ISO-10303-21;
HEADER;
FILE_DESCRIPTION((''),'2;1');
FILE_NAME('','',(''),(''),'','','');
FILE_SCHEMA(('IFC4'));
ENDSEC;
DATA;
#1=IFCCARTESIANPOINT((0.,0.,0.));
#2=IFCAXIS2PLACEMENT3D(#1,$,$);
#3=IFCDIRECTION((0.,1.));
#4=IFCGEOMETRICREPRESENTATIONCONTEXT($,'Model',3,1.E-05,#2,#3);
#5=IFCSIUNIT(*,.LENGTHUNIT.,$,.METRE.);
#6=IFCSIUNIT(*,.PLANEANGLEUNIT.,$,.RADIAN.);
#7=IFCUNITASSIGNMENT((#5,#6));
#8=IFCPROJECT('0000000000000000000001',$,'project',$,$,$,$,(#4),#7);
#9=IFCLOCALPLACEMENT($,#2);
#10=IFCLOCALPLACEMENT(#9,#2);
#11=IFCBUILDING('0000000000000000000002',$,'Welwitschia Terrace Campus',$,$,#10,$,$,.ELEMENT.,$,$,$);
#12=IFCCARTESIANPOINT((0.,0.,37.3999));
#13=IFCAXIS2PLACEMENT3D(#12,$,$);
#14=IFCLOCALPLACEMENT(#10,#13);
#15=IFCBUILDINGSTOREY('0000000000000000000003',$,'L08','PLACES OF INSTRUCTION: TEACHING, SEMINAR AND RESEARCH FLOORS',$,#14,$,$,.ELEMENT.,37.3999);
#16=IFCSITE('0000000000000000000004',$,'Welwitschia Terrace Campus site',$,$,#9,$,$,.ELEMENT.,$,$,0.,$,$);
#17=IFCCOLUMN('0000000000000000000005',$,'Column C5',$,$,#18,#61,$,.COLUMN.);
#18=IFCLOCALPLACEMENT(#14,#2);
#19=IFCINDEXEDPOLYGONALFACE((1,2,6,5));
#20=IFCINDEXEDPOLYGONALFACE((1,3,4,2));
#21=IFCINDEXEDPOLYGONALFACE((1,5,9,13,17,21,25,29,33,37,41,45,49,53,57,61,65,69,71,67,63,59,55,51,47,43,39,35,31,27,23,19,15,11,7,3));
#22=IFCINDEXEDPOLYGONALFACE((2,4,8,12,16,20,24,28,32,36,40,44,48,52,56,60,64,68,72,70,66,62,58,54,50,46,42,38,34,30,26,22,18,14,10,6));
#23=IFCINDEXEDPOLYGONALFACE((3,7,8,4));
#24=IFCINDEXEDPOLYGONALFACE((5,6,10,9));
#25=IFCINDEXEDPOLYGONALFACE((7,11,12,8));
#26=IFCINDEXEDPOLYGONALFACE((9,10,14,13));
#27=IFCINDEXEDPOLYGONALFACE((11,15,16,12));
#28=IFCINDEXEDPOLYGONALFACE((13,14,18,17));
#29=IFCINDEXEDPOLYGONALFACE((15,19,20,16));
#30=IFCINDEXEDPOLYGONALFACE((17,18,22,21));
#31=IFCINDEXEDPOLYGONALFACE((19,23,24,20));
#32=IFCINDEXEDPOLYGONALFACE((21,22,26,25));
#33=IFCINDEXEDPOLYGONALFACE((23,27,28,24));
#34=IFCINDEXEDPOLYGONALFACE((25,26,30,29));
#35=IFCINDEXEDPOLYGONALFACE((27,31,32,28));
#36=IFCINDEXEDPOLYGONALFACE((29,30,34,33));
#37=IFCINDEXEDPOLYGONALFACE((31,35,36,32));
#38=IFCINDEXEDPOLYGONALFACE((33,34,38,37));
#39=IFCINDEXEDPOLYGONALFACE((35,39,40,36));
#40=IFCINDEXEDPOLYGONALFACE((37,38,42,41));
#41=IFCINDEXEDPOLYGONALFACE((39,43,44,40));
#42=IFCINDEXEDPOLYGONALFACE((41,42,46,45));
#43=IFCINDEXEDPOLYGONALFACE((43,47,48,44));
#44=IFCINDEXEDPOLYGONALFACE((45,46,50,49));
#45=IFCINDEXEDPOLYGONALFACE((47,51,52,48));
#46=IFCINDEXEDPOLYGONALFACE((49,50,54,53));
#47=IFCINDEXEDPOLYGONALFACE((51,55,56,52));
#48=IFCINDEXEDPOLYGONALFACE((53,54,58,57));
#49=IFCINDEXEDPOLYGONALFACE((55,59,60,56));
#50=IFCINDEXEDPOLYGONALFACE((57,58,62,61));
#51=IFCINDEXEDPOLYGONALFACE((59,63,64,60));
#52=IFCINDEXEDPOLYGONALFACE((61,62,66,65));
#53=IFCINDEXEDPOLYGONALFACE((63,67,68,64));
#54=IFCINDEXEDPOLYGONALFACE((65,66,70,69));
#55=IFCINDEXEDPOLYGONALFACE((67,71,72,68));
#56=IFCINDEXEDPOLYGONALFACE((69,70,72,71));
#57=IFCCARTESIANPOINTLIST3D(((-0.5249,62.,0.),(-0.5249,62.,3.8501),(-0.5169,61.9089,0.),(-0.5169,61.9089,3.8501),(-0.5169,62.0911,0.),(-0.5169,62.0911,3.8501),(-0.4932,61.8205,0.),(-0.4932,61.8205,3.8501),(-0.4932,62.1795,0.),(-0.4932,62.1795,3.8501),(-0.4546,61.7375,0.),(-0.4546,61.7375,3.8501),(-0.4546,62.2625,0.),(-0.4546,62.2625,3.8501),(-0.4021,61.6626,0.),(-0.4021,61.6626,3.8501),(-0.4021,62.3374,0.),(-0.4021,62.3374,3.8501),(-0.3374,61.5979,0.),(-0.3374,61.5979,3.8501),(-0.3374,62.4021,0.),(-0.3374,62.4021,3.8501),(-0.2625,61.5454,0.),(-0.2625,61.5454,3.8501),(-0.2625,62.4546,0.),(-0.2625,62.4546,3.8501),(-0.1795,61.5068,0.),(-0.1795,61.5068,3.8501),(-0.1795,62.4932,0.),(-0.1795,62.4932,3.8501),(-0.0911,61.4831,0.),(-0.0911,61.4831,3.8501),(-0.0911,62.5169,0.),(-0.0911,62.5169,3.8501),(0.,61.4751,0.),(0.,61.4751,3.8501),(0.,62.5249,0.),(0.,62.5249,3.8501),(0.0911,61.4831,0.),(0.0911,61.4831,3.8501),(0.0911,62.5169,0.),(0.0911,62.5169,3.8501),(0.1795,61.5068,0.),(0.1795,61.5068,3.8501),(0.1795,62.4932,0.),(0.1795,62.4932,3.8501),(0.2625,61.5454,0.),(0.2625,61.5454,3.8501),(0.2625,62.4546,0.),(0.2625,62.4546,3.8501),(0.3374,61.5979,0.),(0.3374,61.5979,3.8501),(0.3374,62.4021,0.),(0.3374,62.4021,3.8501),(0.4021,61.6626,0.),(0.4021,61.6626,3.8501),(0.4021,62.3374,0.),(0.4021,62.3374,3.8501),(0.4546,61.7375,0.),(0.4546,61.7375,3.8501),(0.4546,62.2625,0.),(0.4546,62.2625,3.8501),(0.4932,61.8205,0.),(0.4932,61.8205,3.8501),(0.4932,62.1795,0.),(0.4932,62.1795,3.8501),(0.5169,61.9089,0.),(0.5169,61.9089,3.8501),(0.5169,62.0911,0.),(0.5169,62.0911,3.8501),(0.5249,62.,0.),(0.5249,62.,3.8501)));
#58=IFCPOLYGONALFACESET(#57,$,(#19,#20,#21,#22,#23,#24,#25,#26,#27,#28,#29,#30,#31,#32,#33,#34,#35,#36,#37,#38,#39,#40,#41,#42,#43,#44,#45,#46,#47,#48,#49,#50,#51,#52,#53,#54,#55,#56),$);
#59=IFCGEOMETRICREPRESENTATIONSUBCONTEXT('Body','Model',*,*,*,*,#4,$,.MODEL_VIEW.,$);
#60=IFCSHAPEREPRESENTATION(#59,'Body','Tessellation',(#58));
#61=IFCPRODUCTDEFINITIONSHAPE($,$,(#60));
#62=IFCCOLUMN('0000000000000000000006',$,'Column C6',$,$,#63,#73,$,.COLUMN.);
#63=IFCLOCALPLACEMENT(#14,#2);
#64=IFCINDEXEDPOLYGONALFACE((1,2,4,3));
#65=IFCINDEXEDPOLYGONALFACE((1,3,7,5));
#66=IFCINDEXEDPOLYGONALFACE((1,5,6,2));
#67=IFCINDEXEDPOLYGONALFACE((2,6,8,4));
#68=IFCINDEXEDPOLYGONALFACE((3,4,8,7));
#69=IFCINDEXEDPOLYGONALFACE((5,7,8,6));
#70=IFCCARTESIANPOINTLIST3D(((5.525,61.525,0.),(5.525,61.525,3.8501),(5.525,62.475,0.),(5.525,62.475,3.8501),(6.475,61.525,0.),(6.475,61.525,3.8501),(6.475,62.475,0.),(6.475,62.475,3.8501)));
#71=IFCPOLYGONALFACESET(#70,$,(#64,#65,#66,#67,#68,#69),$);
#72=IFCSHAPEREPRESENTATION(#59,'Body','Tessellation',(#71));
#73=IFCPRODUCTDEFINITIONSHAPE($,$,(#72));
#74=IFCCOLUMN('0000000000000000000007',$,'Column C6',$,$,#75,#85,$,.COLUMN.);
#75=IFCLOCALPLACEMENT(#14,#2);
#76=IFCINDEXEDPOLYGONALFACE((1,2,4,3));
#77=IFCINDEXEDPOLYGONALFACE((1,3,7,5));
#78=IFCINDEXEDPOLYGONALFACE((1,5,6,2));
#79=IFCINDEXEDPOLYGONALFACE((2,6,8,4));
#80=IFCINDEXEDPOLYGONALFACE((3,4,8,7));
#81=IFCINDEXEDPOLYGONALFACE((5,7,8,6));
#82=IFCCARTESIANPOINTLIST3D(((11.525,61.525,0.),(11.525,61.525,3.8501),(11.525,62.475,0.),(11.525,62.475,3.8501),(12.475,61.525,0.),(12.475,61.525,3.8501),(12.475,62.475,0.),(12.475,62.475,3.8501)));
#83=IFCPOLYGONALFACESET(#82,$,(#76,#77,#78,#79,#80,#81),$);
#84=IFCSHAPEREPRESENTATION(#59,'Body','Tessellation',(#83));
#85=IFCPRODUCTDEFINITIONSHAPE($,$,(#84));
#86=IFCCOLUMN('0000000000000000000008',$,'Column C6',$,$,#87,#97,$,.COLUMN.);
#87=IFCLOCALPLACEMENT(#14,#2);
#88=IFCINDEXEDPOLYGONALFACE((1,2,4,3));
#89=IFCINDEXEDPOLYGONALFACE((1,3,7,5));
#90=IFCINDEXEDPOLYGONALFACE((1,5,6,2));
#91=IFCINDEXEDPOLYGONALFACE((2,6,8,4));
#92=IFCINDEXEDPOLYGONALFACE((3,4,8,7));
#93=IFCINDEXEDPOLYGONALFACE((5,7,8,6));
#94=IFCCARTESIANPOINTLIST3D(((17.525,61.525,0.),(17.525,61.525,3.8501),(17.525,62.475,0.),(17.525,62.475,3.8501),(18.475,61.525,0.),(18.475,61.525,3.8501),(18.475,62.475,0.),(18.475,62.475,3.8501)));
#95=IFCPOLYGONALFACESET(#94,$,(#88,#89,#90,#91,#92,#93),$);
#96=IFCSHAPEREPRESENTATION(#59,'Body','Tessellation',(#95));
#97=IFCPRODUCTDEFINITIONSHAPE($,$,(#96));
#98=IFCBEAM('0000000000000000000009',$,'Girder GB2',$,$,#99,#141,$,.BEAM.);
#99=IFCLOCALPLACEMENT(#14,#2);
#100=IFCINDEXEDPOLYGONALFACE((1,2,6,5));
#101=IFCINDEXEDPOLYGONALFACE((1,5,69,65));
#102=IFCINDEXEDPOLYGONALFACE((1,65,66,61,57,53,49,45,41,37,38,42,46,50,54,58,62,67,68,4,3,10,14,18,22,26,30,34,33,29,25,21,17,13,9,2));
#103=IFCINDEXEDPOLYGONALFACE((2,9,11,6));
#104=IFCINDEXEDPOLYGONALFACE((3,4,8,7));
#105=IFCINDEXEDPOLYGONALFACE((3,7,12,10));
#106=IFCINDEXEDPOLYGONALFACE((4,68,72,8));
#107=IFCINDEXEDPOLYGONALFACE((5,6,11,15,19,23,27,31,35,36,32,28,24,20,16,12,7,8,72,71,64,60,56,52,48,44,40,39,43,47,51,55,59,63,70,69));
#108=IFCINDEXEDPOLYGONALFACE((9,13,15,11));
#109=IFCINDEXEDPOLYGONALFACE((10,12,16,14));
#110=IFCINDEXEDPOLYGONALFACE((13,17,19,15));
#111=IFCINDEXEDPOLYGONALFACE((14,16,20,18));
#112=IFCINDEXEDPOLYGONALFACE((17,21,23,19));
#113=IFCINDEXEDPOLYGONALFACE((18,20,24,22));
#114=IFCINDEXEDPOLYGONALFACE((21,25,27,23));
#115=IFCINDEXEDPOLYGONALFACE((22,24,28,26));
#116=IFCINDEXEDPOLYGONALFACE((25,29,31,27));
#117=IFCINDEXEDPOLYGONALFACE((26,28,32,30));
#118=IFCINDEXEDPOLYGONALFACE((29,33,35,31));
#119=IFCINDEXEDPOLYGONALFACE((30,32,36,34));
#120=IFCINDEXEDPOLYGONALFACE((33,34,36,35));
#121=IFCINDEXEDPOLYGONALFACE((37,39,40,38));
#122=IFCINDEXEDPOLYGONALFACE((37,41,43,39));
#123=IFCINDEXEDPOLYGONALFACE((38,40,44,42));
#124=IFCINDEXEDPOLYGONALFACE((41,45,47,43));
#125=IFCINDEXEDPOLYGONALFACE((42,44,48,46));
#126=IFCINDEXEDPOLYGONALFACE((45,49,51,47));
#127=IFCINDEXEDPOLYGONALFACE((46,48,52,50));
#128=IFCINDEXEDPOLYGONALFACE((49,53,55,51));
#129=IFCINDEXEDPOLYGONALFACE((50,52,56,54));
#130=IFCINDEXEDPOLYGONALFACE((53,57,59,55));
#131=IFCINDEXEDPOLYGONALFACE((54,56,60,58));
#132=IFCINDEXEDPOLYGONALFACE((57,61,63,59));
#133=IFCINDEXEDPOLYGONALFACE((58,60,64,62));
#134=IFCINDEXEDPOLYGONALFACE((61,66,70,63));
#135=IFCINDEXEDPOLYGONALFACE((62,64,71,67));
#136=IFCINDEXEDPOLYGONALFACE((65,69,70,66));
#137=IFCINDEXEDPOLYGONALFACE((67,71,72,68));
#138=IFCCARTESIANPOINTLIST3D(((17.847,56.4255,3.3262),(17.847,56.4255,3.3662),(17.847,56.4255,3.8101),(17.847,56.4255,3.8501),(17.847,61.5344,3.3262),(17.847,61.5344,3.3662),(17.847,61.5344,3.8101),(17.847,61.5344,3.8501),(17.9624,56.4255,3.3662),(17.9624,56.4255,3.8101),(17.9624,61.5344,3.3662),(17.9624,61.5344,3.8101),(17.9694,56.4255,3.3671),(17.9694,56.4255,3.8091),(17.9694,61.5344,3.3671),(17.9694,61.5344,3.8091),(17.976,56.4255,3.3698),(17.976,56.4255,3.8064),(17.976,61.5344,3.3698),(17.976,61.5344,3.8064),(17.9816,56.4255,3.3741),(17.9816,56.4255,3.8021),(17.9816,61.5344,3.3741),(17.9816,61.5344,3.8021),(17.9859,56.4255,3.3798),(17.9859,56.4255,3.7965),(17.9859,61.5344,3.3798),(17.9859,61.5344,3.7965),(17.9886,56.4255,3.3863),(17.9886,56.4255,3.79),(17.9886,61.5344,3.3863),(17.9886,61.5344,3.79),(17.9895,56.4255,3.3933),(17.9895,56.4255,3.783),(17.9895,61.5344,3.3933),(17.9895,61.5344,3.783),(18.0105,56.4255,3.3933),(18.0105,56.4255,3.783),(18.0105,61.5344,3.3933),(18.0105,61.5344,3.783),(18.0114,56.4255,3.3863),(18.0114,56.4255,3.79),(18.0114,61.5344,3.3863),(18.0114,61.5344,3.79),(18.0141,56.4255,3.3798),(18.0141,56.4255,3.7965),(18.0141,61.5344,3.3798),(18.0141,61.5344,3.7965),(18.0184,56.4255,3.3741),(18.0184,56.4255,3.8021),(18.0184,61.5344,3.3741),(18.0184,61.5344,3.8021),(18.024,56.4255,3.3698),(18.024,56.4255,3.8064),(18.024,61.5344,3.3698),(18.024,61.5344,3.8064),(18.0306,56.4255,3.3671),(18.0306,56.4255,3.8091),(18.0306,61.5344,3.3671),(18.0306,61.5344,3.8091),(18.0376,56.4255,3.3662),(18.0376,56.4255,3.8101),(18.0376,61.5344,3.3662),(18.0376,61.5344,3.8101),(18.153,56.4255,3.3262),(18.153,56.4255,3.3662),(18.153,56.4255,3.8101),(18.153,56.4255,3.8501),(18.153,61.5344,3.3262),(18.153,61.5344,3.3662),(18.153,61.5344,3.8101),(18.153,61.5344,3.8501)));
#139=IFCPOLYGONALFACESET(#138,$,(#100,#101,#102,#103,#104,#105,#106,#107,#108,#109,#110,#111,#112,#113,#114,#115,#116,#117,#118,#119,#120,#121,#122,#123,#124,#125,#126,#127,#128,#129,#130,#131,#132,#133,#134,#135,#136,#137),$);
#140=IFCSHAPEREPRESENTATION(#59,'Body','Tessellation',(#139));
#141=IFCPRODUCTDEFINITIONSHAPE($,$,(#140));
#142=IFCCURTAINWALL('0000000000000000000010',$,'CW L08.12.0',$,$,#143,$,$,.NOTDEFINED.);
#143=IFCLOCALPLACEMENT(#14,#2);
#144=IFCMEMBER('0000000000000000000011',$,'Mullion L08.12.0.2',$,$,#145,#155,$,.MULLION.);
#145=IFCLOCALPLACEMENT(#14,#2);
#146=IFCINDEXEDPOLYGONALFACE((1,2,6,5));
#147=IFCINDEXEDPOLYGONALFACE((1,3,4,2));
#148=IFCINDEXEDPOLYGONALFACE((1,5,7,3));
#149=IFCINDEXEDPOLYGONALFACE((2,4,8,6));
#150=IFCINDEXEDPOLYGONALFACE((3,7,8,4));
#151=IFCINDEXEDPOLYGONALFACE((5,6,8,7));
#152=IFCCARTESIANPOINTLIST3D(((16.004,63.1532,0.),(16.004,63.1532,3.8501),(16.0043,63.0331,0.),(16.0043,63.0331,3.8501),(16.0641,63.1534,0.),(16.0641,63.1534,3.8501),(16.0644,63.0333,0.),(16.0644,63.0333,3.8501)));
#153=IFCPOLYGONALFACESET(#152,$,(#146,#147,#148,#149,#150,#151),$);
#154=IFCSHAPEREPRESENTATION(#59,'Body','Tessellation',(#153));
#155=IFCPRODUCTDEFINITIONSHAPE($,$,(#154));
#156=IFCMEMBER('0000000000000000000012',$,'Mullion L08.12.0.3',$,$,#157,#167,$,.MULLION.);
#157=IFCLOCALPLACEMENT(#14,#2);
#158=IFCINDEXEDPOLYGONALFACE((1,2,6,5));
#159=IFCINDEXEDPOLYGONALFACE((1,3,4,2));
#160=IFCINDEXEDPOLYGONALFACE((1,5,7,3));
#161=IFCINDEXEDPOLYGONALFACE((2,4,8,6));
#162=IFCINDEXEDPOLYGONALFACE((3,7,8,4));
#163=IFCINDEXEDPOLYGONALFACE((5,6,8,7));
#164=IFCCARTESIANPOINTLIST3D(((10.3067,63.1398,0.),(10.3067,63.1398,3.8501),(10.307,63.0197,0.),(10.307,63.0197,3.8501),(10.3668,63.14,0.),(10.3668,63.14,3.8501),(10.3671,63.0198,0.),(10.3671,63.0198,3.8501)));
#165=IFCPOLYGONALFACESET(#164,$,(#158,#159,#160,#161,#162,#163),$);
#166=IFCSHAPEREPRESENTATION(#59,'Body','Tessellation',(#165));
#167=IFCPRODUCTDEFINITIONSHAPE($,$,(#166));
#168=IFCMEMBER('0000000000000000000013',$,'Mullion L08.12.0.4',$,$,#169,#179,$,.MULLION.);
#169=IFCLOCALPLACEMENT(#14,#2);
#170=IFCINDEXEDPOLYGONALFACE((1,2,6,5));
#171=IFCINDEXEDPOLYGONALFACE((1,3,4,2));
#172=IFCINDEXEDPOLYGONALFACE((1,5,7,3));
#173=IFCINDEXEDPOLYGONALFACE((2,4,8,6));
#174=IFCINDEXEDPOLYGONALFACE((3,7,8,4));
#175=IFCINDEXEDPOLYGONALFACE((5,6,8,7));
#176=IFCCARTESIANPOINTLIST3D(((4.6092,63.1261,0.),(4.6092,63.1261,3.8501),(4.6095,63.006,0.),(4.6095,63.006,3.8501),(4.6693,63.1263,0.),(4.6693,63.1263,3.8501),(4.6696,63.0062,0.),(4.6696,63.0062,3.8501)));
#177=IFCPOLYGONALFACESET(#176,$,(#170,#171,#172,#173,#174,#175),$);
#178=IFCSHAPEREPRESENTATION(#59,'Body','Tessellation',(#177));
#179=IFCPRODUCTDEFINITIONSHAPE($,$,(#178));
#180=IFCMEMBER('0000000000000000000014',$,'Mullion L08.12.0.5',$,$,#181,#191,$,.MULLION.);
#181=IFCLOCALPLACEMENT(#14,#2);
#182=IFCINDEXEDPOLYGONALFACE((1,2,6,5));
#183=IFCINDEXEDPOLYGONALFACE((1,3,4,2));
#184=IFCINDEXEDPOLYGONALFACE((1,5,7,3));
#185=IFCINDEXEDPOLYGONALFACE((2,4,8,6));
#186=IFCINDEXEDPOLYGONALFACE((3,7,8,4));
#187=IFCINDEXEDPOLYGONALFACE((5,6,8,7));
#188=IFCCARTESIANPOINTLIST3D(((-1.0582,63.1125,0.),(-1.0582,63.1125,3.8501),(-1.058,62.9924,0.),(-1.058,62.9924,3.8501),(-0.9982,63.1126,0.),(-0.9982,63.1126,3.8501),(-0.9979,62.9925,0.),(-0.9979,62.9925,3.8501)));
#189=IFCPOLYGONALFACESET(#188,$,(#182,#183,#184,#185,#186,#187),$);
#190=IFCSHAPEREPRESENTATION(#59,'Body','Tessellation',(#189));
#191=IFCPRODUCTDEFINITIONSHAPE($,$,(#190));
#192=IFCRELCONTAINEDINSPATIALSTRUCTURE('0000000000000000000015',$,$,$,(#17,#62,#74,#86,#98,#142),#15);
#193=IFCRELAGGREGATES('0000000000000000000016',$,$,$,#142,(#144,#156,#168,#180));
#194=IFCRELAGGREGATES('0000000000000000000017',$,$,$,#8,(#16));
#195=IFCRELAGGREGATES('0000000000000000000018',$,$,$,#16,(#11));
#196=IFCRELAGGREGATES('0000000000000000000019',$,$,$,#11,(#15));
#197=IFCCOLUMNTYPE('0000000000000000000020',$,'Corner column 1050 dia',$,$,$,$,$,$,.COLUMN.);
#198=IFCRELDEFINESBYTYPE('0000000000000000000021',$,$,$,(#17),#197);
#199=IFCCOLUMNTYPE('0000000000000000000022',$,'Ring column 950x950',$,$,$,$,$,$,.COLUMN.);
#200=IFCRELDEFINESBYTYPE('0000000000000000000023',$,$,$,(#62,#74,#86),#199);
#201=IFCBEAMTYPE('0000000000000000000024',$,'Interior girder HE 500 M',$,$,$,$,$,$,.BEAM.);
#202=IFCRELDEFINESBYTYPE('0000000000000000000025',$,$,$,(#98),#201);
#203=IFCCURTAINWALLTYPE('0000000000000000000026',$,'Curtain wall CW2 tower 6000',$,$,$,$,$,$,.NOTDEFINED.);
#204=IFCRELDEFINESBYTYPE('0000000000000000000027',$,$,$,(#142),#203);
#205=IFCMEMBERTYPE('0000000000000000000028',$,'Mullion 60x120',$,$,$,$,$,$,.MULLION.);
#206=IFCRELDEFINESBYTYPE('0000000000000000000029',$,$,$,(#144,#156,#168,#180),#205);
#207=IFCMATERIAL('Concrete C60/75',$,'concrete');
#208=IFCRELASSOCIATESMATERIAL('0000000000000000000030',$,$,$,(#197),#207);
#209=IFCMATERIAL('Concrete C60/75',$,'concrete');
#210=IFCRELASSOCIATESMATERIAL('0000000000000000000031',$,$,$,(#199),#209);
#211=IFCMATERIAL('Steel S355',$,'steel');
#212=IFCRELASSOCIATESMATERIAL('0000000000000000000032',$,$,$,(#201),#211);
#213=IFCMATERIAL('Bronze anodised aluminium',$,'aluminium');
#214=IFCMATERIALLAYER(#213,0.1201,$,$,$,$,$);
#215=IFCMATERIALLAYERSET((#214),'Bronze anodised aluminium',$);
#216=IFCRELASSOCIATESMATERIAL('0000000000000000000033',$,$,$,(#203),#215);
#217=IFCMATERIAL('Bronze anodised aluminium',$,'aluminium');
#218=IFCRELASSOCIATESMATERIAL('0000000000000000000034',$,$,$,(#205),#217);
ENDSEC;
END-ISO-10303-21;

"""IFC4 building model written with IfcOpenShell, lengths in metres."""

from ifc_helpers import new_model, si_unit, direction, frame, origin, origin_2d, place, context, subcontext, project, spatial, rectangle, circle, i_section, extrude, material, layer, layer_set, material_profile, profile_set, type_object, element, aggregate, save


model = new_model("IFC4")

# Units and contexts
model_context = context("Model", 3, precision=1e-05, world=origin(), true_north=direction((0.0, 1.0)))
body_context = subcontext(model_context, "Body", "Model", "MODEL_VIEW")
ifc_project = project(units=[si_unit("LENGTHUNIT", "METRE"), si_unit("PLANEANGLEUNIT", "RADIAN")], contexts=[model_context])

# Site, building, storey
site_placement = place(None, origin())
site = spatial("IfcSite", under=ifc_project, at=site_placement, Name="Welwitschia Terrace Campus site", CompositionType="ELEMENT", RefElevation=0.0)
building_placement = place(site_placement, origin())
building = spatial("IfcBuilding", under=site, at=building_placement, Name="Welwitschia Terrace Campus", CompositionType="ELEMENT")
storey_placement = place(building_placement, frame((0.0, 0.0, 37.3999)))
storey = spatial("IfcBuildingStorey", under=building, at=storey_placement, Name="L08", Description="PLACES OF INSTRUCTION: TEACHING, SEMINAR AND RESEARCH FLOORS", CompositionType="ELEMENT", Elevation=37.3999)

# Columns
ifc_material_1 = material(Name="Concrete C60/75", Category="concrete")
ifc_material_profile_1 = material_profile(ifc_material_1, circle(Radius=0.5249, at=origin_2d()))
ifc_profile_set_1 = profile_set([ifc_material_profile_1], Name="Concrete C60/75")
column_type_1 = type_object("IfcColumnType", Name="Corner column 1050 dia", PredefinedType="COLUMN", material=ifc_profile_set_1)
column_placement = place(storey_placement, frame((0.0, 62.0, 0.0), z_axis=(0.0, 0.0, 1.0), x_axis=(1.0, 0.0, 0.0)))
element("IfcColumn", 1, at=column_placement, inside=storey, type_object=column_type_1, Name="Column C5", PredefinedType="COLUMN", context=body_context, shape_type="SweptSolid", body=[
    extrude(circle(Radius=0.5249, at=origin_2d()), origin(), (0.0, 0.0, 1.0), 3.8501),
])
ifc_material_2 = material(Name="Concrete C60/75", Category="concrete")
ifc_material_profile_2 = material_profile(ifc_material_2, rectangle(XDim=0.95, YDim=0.95, at=origin_2d()))
ifc_profile_set_2 = profile_set([ifc_material_profile_2], Name="Concrete C60/75")
column_type_2 = type_object("IfcColumnType", Name="Ring column 950x950", PredefinedType="COLUMN", material=ifc_profile_set_2)
for number, where, z_axis, x_axis, name in (
    (2, (6.0, 62.0, 0.0), (0.0, 0.0, 1.0), (1.0, 0.0, 0.0), "Column C6"),
    (3, (12.0, 62.0, 0.0), (0.0, 0.0, 1.0), (1.0, 0.0, 0.0), "Column C6"),
    (4, (18.0, 62.0, 0.0), (0.0, 0.0, 1.0), (1.0, 0.0, 0.0), "Column C6"),
):
    element("IfcColumn", number, at=place(storey_placement, frame(where, z_axis=z_axis, x_axis=x_axis)), inside=storey, type_object=column_type_2, Name=name, PredefinedType="COLUMN", context=body_context, shape_type="SweptSolid", body=[
        extrude(rectangle(XDim=0.95, YDim=0.95, at=origin_2d()), origin(), (0.0, 0.0, 1.0), 3.8501),
    ])

# Beam
ifc_material_3 = material(Name="Steel S355", Category="steel")
ifc_material_profile_3 = material_profile(ifc_material_3, i_section(OverallWidth=0.3059, OverallDepth=0.5239, WebThickness=0.021, FlangeThickness=0.04, FilletRadius=0.0271, at=origin_2d()))
ifc_profile_set_3 = profile_set([ifc_material_profile_3], Name="Steel S355")
beam_type_1 = type_object("IfcBeamType", Name="Interior girder HE 500 M", PredefinedType="BEAM", material=ifc_profile_set_3)
beam_placement = place(storey_placement, frame((18.0, 56.4255, 3.5881), z_axis=(0.0, 1.0, 0.0), x_axis=(-1.0, 0.0, 0.0)))
element("IfcBeam", 5, at=beam_placement, inside=storey, type_object=beam_type_1, Name="Girder GB2", PredefinedType="BEAM", context=body_context, shape_type="SweptSolid", body=[
    extrude(i_section(OverallWidth=0.3059, OverallDepth=0.5239, WebThickness=0.021, FlangeThickness=0.04, FilletRadius=0.0271, at=origin_2d()), origin(), (0.0, 0.0, 1.0), 5.1089),
])

# Curtain wall, members
ifc_material_4 = material(Name="Bronze anodised aluminium", Category="aluminium")
ifc_layer_1 = layer(ifc_material_4, 0.1201)
ifc_layer_set_1 = layer_set([ifc_layer_1], Name="Bronze anodised aluminium")
curtain_wall_type = type_object("IfcCurtainWallType", Name="Curtain wall CW2 tower 6000", PredefinedType="NOTDEFINED", material=ifc_layer_set_1)
curtain_wall_1_placement = place(storey_placement, origin())
curtain_wall_1 = element("IfcCurtainWall", 6, at=curtain_wall_1_placement, inside=storey, type_object=curtain_wall_type, Name="CW L08.12.0", PredefinedType="NOTDEFINED")
ifc_material_5 = material(Name="Bronze anodised aluminium", Category="aluminium")
ifc_material_profile_4 = material_profile(ifc_material_5, rectangle(XDim=0.1201, YDim=0.0601, at=origin_2d()))
ifc_profile_set_4 = profile_set([ifc_material_profile_4], Name="Bronze anodised aluminium")
member_type_1 = type_object("IfcMemberType", Name="Mullion 60x120", PredefinedType="MULLION", material=ifc_profile_set_4)
member_1_placement = place(storey_placement, frame((16.0342, 63.0933, 0.0), z_axis=(0.0, 0.0, 1.0), x_axis=(0.002393, -0.999997, 0.0)))
member_1 = element("IfcMember", 7, at=member_1_placement, type_object=member_type_1, Name="Mullion L08.12.0.2", PredefinedType="MULLION", context=body_context, shape_type="SweptSolid", body=[
    extrude(rectangle(XDim=0.1201, YDim=0.0601, at=origin_2d()), origin(), (0.0, 0.0, 1.0), 3.8501),
])
member_2_placement = place(storey_placement, frame((10.3369, 63.0798, 0.0), z_axis=(0.0, 0.0, 1.0), x_axis=(0.002393, -0.999997, 0.0)))
member_2 = element("IfcMember", 8, at=member_2_placement, type_object=member_type_1, Name="Mullion L08.12.0.3", PredefinedType="MULLION", context=body_context, shape_type="SweptSolid", body=[
    extrude(rectangle(XDim=0.1201, YDim=0.0601, at=origin_2d()), origin(), (0.0, 0.0, 1.0), 3.8501),
])
member_3_placement = place(storey_placement, frame((4.6394, 63.0662, 0.0), z_axis=(0.0, 0.0, 1.0), x_axis=(0.002393, -0.999997, 0.0)))
member_3 = element("IfcMember", 9, at=member_3_placement, type_object=member_type_1, Name="Mullion L08.12.0.4", PredefinedType="MULLION", context=body_context, shape_type="SweptSolid", body=[
    extrude(rectangle(XDim=0.1201, YDim=0.0601, at=origin_2d()), origin(), (0.0, 0.0, 1.0), 3.8501),
])
member_4_placement = place(storey_placement, frame((-1.0281, 63.0525, 0.0), z_axis=(0.0, 0.0, 1.0), x_axis=(0.002393, -0.999997, 0.0)))
member_4 = element("IfcMember", 10, at=member_4_placement, type_object=member_type_1, Name="Mullion L08.12.0.5", PredefinedType="MULLION", context=body_context, shape_type="SweptSolid", body=[
    extrude(rectangle(XDim=0.1201, YDim=0.0601, at=origin_2d()), origin(), (0.0, 0.0, 1.0), 3.8501),
])

aggregate(curtain_wall_1, [member_1, member_2, member_3, member_4])

save(model, "model.ifc")
